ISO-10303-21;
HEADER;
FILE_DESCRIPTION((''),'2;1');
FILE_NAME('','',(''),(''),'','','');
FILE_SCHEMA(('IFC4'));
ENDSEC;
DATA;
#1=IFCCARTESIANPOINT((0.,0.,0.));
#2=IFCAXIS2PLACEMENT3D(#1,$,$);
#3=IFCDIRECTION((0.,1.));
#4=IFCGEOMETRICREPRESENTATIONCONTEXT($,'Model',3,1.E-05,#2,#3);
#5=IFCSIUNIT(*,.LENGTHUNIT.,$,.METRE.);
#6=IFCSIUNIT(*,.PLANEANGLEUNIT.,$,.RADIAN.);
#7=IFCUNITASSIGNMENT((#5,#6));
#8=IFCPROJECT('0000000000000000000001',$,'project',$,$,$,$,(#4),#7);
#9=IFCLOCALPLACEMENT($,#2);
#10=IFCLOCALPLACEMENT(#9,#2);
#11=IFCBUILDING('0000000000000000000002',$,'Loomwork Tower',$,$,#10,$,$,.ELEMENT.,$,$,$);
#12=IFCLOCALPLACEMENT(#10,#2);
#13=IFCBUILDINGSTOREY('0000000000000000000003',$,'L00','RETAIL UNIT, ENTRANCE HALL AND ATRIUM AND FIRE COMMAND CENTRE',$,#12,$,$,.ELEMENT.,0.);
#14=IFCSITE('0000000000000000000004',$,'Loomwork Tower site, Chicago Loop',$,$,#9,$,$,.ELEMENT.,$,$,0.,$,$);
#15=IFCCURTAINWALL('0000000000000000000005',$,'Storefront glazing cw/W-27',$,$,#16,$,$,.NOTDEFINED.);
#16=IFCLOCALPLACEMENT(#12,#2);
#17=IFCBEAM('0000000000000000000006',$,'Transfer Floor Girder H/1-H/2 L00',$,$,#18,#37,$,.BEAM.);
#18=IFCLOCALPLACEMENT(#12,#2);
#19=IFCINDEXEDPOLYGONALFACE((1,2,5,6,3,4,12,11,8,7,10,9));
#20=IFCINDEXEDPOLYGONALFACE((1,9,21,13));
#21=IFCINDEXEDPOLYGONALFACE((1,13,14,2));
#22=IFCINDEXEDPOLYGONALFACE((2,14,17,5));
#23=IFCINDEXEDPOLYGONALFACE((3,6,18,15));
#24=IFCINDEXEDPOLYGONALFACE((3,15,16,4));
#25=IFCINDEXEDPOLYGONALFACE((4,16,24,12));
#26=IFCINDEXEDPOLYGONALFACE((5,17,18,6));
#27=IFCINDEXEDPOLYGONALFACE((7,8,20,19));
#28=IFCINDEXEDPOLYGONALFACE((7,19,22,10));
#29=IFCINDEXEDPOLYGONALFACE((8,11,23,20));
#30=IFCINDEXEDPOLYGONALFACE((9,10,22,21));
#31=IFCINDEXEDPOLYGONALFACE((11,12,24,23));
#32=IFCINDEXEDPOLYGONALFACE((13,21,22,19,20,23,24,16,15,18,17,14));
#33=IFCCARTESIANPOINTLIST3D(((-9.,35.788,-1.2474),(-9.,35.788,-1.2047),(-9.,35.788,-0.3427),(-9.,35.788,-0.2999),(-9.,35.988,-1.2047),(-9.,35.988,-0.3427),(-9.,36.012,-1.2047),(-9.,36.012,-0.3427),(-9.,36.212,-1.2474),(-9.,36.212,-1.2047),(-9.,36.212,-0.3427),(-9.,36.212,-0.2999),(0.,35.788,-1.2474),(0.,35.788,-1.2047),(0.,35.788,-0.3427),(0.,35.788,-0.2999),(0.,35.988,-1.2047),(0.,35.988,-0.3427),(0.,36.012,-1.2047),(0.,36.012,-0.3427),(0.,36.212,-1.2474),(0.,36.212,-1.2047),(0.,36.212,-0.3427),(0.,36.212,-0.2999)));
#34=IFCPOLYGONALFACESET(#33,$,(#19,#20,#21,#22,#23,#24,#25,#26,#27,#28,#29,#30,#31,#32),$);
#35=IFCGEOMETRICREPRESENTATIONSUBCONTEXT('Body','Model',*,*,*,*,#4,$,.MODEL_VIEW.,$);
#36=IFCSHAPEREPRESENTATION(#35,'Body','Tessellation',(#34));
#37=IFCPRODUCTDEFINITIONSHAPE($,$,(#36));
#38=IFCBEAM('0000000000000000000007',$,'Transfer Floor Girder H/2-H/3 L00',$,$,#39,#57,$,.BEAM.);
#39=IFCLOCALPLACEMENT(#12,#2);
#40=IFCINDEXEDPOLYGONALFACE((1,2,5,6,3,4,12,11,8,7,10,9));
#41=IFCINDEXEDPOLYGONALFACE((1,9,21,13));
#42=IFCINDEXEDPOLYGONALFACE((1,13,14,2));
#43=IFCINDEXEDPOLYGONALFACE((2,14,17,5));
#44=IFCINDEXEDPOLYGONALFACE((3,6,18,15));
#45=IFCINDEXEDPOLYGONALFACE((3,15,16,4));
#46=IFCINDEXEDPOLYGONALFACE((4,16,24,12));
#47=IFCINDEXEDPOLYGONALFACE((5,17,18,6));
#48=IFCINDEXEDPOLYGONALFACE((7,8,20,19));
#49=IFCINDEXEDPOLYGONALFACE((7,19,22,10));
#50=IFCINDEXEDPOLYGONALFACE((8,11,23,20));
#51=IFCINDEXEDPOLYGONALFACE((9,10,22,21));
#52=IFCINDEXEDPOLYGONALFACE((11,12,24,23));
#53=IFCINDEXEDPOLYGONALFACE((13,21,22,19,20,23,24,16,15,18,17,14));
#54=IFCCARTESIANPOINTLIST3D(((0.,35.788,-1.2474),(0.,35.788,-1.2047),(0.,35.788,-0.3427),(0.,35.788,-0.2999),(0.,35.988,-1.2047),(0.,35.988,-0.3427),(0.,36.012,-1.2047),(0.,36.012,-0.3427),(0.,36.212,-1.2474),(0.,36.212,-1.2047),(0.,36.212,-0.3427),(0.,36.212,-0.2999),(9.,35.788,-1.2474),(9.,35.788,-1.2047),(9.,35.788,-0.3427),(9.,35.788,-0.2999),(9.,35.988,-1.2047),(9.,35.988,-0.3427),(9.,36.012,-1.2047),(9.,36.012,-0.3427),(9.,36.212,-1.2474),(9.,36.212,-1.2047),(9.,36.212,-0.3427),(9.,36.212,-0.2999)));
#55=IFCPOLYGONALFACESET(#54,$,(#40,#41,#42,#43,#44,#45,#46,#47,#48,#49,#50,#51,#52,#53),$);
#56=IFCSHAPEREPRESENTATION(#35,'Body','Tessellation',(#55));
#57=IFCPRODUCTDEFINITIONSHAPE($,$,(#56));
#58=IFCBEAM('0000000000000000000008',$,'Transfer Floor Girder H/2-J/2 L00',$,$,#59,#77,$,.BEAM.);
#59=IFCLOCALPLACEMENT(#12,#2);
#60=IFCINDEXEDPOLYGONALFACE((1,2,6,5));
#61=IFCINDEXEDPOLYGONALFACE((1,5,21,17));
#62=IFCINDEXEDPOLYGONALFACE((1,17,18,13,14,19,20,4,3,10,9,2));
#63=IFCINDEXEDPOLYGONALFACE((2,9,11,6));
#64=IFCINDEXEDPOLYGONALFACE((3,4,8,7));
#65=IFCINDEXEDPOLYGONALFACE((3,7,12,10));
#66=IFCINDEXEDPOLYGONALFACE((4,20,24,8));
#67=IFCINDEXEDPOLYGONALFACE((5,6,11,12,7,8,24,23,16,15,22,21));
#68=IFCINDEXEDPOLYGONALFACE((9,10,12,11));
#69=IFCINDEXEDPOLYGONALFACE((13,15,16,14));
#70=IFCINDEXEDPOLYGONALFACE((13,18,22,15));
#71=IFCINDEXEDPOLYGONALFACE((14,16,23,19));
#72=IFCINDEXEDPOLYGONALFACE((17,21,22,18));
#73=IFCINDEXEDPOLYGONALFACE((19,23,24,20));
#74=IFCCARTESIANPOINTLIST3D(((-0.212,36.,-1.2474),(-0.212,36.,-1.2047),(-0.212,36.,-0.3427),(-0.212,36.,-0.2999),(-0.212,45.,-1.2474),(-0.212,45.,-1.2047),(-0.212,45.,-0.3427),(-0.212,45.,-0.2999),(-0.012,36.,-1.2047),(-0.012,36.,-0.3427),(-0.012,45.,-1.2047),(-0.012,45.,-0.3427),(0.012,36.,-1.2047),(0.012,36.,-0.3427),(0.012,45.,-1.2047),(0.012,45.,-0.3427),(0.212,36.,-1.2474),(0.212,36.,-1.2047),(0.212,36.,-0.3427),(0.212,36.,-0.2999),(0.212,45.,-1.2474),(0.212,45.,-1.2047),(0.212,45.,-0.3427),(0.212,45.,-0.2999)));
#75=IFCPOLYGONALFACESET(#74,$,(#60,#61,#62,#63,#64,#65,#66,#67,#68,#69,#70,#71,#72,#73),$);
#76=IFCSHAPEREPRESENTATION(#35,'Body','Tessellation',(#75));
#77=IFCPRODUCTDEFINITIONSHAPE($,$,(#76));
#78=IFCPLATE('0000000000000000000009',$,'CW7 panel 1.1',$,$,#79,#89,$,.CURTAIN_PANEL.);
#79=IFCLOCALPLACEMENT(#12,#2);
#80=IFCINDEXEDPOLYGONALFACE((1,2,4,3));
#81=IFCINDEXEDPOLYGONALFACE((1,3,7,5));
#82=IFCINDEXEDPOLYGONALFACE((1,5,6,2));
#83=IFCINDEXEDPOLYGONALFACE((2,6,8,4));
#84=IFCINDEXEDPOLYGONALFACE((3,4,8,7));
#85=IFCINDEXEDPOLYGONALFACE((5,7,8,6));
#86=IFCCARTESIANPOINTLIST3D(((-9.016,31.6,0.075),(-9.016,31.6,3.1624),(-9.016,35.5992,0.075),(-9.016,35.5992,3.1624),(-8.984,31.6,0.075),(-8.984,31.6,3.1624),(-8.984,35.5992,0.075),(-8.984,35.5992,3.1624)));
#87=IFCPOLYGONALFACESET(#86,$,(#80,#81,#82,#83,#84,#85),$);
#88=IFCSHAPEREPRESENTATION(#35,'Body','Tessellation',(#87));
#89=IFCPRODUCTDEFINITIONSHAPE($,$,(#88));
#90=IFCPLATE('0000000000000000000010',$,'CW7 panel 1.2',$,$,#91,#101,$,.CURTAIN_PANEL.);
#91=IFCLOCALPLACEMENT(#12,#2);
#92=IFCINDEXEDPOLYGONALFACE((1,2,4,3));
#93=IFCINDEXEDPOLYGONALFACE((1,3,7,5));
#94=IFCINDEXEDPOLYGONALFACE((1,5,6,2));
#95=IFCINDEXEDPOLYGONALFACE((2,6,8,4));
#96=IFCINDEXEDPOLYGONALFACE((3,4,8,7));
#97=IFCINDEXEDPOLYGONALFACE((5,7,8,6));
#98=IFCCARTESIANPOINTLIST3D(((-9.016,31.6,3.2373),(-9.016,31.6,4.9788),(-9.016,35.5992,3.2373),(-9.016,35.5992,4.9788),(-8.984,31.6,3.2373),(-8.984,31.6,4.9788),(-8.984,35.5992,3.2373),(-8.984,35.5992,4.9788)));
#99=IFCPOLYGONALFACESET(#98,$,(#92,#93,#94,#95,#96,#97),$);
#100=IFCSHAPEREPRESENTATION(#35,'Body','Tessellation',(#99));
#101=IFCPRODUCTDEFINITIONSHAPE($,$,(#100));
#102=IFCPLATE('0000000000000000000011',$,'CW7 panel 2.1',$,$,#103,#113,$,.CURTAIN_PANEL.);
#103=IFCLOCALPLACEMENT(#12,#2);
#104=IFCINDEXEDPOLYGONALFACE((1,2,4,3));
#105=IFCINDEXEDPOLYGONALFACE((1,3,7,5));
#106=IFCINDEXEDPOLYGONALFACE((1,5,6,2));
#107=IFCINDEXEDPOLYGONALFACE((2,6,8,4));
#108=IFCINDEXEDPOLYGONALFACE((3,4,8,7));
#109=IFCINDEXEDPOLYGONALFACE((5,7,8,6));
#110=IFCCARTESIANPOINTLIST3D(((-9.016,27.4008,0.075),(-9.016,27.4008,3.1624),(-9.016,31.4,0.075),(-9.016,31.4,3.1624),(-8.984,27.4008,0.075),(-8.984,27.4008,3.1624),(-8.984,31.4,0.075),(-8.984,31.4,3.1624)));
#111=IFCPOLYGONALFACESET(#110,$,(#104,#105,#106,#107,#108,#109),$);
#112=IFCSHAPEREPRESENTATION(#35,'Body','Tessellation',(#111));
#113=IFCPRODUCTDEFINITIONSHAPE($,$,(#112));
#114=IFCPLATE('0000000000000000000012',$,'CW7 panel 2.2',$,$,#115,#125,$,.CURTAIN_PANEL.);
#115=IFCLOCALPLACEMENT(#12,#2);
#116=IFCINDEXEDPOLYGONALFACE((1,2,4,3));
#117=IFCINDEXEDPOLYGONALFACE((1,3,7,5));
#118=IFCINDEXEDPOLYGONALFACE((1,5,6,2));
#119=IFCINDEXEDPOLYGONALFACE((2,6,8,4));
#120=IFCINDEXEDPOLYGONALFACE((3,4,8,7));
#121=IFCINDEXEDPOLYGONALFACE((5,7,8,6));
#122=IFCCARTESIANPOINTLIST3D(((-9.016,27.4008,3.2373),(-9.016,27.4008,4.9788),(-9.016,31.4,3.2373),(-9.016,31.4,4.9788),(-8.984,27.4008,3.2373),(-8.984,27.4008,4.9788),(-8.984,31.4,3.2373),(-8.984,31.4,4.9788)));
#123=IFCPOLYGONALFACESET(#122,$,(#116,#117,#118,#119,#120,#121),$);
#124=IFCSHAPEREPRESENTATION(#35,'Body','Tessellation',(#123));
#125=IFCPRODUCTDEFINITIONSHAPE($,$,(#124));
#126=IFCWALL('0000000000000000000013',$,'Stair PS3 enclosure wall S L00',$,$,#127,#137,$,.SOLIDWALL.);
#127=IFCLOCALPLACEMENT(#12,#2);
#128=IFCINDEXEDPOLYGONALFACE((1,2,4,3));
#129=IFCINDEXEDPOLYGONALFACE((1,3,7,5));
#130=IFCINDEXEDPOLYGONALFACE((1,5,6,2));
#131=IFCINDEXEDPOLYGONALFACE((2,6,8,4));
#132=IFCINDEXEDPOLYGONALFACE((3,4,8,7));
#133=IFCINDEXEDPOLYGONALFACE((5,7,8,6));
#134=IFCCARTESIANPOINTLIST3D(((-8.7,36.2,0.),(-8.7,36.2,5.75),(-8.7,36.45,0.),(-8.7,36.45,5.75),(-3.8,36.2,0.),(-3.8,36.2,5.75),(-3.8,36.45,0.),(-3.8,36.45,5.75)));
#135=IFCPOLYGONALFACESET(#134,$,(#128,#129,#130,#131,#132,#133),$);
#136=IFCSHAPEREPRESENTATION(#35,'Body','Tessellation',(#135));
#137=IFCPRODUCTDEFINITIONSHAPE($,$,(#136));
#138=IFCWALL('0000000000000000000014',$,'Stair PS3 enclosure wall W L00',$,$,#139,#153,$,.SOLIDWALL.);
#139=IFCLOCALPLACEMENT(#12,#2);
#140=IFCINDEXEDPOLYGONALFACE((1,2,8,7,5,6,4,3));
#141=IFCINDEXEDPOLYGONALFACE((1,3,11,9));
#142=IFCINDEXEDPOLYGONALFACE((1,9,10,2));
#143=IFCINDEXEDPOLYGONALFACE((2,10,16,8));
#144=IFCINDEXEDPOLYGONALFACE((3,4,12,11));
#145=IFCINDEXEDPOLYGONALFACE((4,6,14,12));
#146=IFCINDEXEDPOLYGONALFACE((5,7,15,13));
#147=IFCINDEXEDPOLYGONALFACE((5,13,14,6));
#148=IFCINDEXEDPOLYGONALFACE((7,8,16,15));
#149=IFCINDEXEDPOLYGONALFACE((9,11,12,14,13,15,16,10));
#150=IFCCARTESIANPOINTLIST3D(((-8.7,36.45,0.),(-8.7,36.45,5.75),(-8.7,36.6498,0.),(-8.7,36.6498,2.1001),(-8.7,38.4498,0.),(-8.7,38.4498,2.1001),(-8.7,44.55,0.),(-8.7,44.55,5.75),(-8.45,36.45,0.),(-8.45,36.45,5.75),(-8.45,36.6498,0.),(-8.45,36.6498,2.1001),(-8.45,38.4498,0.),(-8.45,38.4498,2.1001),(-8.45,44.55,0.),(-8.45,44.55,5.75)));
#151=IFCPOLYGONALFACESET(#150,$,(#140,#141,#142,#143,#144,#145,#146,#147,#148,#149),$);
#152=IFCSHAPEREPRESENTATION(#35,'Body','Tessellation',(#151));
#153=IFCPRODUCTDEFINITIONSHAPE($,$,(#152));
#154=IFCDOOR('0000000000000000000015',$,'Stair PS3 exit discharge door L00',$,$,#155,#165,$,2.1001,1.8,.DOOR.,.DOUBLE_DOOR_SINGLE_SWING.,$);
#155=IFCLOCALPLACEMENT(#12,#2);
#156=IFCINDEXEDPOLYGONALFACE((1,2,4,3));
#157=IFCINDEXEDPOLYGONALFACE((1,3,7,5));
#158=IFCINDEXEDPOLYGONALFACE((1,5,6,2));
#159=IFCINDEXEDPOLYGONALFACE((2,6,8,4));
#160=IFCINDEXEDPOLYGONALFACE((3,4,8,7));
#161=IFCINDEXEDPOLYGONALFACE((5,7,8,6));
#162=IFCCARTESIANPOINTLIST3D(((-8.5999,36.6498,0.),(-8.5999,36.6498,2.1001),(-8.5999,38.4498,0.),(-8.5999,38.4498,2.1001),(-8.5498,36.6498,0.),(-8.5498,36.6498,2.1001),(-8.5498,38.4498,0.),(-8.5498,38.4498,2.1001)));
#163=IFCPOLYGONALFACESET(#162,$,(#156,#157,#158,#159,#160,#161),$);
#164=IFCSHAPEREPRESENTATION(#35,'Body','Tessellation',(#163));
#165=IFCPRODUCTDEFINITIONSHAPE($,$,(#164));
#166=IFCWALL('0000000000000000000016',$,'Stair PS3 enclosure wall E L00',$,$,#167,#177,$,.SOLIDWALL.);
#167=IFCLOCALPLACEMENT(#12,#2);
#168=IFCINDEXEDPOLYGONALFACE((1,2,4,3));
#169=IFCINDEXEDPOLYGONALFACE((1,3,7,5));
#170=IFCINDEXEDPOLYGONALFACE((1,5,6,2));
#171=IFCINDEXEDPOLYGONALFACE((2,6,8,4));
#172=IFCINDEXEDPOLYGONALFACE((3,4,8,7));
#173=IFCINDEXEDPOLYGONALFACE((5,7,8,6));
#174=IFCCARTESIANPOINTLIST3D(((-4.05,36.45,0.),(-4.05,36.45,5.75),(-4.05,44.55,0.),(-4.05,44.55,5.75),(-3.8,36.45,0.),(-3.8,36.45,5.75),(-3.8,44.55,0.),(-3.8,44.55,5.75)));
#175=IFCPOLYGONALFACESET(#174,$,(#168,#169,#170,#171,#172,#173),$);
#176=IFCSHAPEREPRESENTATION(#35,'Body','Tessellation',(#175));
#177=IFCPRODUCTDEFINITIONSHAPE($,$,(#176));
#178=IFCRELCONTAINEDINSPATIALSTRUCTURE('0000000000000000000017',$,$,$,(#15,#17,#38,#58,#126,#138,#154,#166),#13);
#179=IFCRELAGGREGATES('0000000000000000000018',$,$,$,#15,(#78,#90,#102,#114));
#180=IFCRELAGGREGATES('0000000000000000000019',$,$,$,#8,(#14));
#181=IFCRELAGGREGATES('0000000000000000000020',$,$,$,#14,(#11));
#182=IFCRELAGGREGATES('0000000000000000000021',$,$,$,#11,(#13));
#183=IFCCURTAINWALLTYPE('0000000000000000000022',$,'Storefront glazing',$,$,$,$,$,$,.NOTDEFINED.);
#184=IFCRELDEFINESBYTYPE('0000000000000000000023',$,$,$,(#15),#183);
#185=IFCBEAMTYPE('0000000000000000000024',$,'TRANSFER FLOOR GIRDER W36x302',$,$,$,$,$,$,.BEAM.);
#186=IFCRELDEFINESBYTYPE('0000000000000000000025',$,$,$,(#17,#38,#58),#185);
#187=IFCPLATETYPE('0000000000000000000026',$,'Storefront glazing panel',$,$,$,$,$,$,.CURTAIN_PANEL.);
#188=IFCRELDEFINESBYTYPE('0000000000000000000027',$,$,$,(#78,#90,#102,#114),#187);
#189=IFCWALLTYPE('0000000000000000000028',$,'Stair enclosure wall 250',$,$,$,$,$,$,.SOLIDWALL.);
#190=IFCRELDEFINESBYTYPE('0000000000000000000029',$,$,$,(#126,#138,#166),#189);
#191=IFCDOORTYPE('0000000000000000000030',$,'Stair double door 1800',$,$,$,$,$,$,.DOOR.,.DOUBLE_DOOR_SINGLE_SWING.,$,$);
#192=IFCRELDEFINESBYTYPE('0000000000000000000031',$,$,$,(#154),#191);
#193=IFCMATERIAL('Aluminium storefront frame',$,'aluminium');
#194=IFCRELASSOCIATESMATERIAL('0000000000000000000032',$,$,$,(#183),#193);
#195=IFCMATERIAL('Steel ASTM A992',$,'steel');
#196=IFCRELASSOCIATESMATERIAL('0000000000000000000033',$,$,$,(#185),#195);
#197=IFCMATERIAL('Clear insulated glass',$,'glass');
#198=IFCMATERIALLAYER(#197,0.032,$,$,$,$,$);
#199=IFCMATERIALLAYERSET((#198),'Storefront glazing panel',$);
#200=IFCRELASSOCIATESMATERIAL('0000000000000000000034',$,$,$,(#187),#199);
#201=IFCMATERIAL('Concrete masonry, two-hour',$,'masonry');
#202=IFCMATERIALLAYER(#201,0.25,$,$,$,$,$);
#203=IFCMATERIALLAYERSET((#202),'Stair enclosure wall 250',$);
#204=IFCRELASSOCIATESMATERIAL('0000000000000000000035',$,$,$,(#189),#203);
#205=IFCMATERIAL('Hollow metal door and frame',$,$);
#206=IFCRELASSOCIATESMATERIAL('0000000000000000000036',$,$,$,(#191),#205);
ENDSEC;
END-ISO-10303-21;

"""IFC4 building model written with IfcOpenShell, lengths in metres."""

from ifc_helpers import new_model, si_unit, direction, frame, frame_2d, origin, origin_2d, place, context, subcontext, project, spatial, rectangle, i_section, extrude, material, layer, layer_set, material_profile, profile_set, type_object, element, fill, aggregate, save


model = new_model("IFC4")

# Units and contexts
model_context = context("Model", 3, precision=1e-05, world=origin(), true_north=direction((0.0, 1.0)))
body_context = subcontext(model_context, "Body", "Model", "MODEL_VIEW")
ifc_project = project(units=[si_unit("LENGTHUNIT", "METRE"), si_unit("PLANEANGLEUNIT", "RADIAN")], contexts=[model_context])

# Site, building, storey
site_placement = place(None, origin())
site = spatial("IfcSite", under=ifc_project, at=site_placement, Name="Loomwork Tower site, Chicago Loop", CompositionType="ELEMENT", RefElevation=0.0)
building_placement = place(site_placement, origin())
building = spatial("IfcBuilding", under=site, at=building_placement, Name="Loomwork Tower", CompositionType="ELEMENT")
storey_placement = place(building_placement, origin())
storey = spatial("IfcBuildingStorey", under=building, at=storey_placement, Name="L00", Description="RETAIL UNIT, ENTRANCE HALL AND ATRIUM AND FIRE COMMAND CENTRE", CompositionType="ELEMENT", Elevation=0.0)

# Curtain wall
ifc_material_1 = material(Name="Aluminium storefront frame", Category="aluminium")
curtain_wall_type = type_object("IfcCurtainWallType", Name="Storefront glazing", PredefinedType="NOTDEFINED", material=ifc_material_1)
curtain_wall_placement = place(storey_placement, origin())
curtain_wall = element("IfcCurtainWall", 1, at=curtain_wall_placement, inside=storey, type_object=curtain_wall_type, Name="Storefront glazing cw/W-27", PredefinedType="NOTDEFINED")

# Beams
ifc_material_2 = material(Name="Steel ASTM A992", Category="steel")
ifc_material_profile_1 = material_profile(ifc_material_2, i_section(OverallWidth=0.4241, OverallDepth=0.9475, WebThickness=0.0239, FlangeThickness=0.0427, at=origin_2d()), Name="W36x302")
ifc_profile_set_1 = profile_set([ifc_material_profile_1], Name="Steel ASTM A992")
beam_type_1 = type_object("IfcBeamType", Name="TRANSFER FLOOR GIRDER W36x302", PredefinedType="BEAM", material=ifc_profile_set_1)
for number, where, z_axis, x_axis, name in (
    (2, (-9.0, 36.0, -0.7737), (1.0, 0.0, 0.0), (0.0, 1.0, 0.0), "Transfer Floor Girder H/1-H/2 L00"),
    (3, (0.0, 36.0, -0.7737), (1.0, 0.0, 0.0), (0.0, 1.0, 0.0), "Transfer Floor Girder H/2-H/3 L00"),
    (4, (0.0, 36.0, -0.7737), (0.0, 1.0, 0.0), (-1.0, 0.0, 0.0), "Transfer Floor Girder H/2-J/2 L00"),
):
    element("IfcBeam", number, at=place(storey_placement, frame(where, z_axis=z_axis, x_axis=x_axis)), inside=storey, type_object=beam_type_1, Name=name, PredefinedType="BEAM", context=body_context, shape_type="SweptSolid", body=[
        extrude(i_section(OverallWidth=0.4241, OverallDepth=0.9475, WebThickness=0.0239, FlangeThickness=0.0427, at=origin_2d()), origin(), (0.0, 0.0, 1.0), 9.0),
    ])

# Plates
ifc_material_3 = material(Name="Clear insulated glass", Category="glass")
ifc_layer_1 = layer(ifc_material_3, 0.032)
ifc_layer_set_1 = layer_set([ifc_layer_1], Name="Storefront glazing panel")
plate_type = type_object("IfcPlateType", Name="Storefront glazing panel", PredefinedType="CURTAIN_PANEL", material=ifc_layer_set_1)
plate_1_placement = place(storey_placement, frame((-9.0, 33.5996, 0.075), z_axis=(0.0, 0.0, 1.0), x_axis=(0.0, -1.0, 0.0)))
plate_1 = element("IfcPlate", 5, at=plate_1_placement, type_object=plate_type, Name="CW7 panel 1.1", PredefinedType="CURTAIN_PANEL", context=body_context, shape_type="SweptSolid", body=[
    extrude(rectangle(XDim=3.9993, YDim=0.032, at=origin_2d()), origin(), (0.0, 0.0, 1.0), 3.0874),
])
plate_2_placement = place(storey_placement, frame((-9.0, 33.5996, 3.2373), z_axis=(0.0, 0.0, 1.0), x_axis=(0.0, -1.0, 0.0)))
plate_2 = element("IfcPlate", 6, at=plate_2_placement, type_object=plate_type, Name="CW7 panel 1.2", PredefinedType="CURTAIN_PANEL", context=body_context, shape_type="SweptSolid", body=[
    extrude(rectangle(XDim=3.9993, YDim=0.032, at=origin_2d()), origin(), (0.0, 0.0, 1.0), 1.7415),
])
plate_3_placement = place(storey_placement, frame((-9.0, 29.4004, 0.075), z_axis=(0.0, 0.0, 1.0), x_axis=(0.0, -1.0, 0.0)))
plate_3 = element("IfcPlate", 7, at=plate_3_placement, type_object=plate_type, Name="CW7 panel 2.1", PredefinedType="CURTAIN_PANEL", context=body_context, shape_type="SweptSolid", body=[
    extrude(rectangle(XDim=3.9993, YDim=0.032, at=origin_2d()), origin(), (0.0, 0.0, 1.0), 3.0874),
])
plate_4_placement = place(storey_placement, frame((-9.0, 29.4004, 3.2373), z_axis=(0.0, 0.0, 1.0), x_axis=(0.0, -1.0, 0.0)))
plate_4 = element("IfcPlate", 8, at=plate_4_placement, type_object=plate_type, Name="CW7 panel 2.2", PredefinedType="CURTAIN_PANEL", context=body_context, shape_type="SweptSolid", body=[
    extrude(rectangle(XDim=3.9993, YDim=0.032, at=origin_2d()), origin(), (0.0, 0.0, 1.0), 1.7415),
])
aggregate(curtain_wall, [plate_1, plate_2, plate_3, plate_4])

# Wall
ifc_material_4 = material(Name="Concrete masonry, two-hour", Category="masonry")
ifc_layer_2 = layer(ifc_material_4, 0.25)
ifc_layer_set_2 = layer_set([ifc_layer_2], Name="Stair enclosure wall 250")
wall_type = type_object("IfcWallType", Name="Stair enclosure wall 250", PredefinedType="SOLIDWALL", material=ifc_layer_set_2)
wall_1_placement = place(storey_placement, frame((-8.7, 36.325, 0.0), z_axis=(0.0, 0.0, 1.0), x_axis=(1.0, 0.0, 0.0)))
element("IfcWall", 9, at=wall_1_placement, inside=storey, type_object=wall_type, Name="Stair PS3 enclosure wall S L00", PredefinedType="SOLIDWALL", context=body_context, shape_type="SweptSolid", body=[
    extrude(rectangle(XDim=4.8999, YDim=0.25, at=frame_2d((2.45, 0.0))), origin(), (0.0, 0.0, 1.0), 5.75),
])

# Wall, opening, door
wall_2_placement = place(storey_placement, frame((-8.575, 36.45, 0.0), z_axis=(0.0, 0.0, 1.0), x_axis=(0.0, 1.0, 0.0)))
wall_2 = element("IfcWall", 10, at=wall_2_placement, inside=storey, type_object=wall_type, Name="Stair PS3 enclosure wall W L00", PredefinedType="SOLIDWALL", context=body_context, shape_type="SweptSolid", body=[
    extrude(rectangle(XDim=8.1001, YDim=0.25, at=frame_2d((4.05, 0.0))), origin(), (0.0, 0.0, 1.0), 5.75),
])
opening_placement = place(wall_2_placement, frame((0.2, 0.0, 0.0)))
opening = element("IfcOpeningElement", 11, at=opening_placement, cuts=wall_2, PredefinedType="OPENING", context=body_context, shape_type="SweptSolid", body=[
    extrude(rectangle(XDim=1.8, YDim=2.1001, at=frame_2d((0.8999, 1.05))), frame((0.0, 0.135, 0.0), z_axis=(0.0, -1.0, 0.0), x_axis=(1.0, 0.0, 0.0)), (0.0, 0.0, 1.0), 0.27),
])
ifc_material_5 = material(Name="Hollow metal door and frame")
door_type = type_object("IfcDoorType", Name="Stair double door 1800", OperationType="DOUBLE_DOOR_SINGLE_SWING", PredefinedType="DOOR", material=ifc_material_5)
door_placement = place(opening_placement, origin())
door = element("IfcDoor", 12, at=door_placement, inside=storey, type_object=door_type, Name="Stair PS3 exit discharge door L00", OperationType="DOUBLE_DOOR_SINGLE_SWING", OverallHeight=2.1001, OverallWidth=1.8, PredefinedType="DOOR", context=body_context, shape_type="SweptSolid", body=[
    extrude(rectangle(XDim=1.8, YDim=2.1001, at=frame_2d((0.8999, 1.05))), frame((0.0, 0.0249, 0.0), z_axis=(0.0, -1.0, 0.0), x_axis=(1.0, 0.0, 0.0)), (0.0, 0.0, 1.0), 0.05),
])
fill(opening, door)

# Wall
wall_3_placement = place(storey_placement, frame((-3.925, 36.45, 0.0), z_axis=(0.0, 0.0, 1.0), x_axis=(0.0, 1.0, 0.0)))
element("IfcWall", 13, at=wall_3_placement, inside=storey, type_object=wall_type, Name="Stair PS3 enclosure wall E L00", PredefinedType="SOLIDWALL", context=body_context, shape_type="SweptSolid", body=[
    extrude(rectangle(XDim=8.1001, YDim=0.25, at=frame_2d((4.05, 0.0))), origin(), (0.0, 0.0, 1.0), 5.75),
])

save(model, "model.ifc")
